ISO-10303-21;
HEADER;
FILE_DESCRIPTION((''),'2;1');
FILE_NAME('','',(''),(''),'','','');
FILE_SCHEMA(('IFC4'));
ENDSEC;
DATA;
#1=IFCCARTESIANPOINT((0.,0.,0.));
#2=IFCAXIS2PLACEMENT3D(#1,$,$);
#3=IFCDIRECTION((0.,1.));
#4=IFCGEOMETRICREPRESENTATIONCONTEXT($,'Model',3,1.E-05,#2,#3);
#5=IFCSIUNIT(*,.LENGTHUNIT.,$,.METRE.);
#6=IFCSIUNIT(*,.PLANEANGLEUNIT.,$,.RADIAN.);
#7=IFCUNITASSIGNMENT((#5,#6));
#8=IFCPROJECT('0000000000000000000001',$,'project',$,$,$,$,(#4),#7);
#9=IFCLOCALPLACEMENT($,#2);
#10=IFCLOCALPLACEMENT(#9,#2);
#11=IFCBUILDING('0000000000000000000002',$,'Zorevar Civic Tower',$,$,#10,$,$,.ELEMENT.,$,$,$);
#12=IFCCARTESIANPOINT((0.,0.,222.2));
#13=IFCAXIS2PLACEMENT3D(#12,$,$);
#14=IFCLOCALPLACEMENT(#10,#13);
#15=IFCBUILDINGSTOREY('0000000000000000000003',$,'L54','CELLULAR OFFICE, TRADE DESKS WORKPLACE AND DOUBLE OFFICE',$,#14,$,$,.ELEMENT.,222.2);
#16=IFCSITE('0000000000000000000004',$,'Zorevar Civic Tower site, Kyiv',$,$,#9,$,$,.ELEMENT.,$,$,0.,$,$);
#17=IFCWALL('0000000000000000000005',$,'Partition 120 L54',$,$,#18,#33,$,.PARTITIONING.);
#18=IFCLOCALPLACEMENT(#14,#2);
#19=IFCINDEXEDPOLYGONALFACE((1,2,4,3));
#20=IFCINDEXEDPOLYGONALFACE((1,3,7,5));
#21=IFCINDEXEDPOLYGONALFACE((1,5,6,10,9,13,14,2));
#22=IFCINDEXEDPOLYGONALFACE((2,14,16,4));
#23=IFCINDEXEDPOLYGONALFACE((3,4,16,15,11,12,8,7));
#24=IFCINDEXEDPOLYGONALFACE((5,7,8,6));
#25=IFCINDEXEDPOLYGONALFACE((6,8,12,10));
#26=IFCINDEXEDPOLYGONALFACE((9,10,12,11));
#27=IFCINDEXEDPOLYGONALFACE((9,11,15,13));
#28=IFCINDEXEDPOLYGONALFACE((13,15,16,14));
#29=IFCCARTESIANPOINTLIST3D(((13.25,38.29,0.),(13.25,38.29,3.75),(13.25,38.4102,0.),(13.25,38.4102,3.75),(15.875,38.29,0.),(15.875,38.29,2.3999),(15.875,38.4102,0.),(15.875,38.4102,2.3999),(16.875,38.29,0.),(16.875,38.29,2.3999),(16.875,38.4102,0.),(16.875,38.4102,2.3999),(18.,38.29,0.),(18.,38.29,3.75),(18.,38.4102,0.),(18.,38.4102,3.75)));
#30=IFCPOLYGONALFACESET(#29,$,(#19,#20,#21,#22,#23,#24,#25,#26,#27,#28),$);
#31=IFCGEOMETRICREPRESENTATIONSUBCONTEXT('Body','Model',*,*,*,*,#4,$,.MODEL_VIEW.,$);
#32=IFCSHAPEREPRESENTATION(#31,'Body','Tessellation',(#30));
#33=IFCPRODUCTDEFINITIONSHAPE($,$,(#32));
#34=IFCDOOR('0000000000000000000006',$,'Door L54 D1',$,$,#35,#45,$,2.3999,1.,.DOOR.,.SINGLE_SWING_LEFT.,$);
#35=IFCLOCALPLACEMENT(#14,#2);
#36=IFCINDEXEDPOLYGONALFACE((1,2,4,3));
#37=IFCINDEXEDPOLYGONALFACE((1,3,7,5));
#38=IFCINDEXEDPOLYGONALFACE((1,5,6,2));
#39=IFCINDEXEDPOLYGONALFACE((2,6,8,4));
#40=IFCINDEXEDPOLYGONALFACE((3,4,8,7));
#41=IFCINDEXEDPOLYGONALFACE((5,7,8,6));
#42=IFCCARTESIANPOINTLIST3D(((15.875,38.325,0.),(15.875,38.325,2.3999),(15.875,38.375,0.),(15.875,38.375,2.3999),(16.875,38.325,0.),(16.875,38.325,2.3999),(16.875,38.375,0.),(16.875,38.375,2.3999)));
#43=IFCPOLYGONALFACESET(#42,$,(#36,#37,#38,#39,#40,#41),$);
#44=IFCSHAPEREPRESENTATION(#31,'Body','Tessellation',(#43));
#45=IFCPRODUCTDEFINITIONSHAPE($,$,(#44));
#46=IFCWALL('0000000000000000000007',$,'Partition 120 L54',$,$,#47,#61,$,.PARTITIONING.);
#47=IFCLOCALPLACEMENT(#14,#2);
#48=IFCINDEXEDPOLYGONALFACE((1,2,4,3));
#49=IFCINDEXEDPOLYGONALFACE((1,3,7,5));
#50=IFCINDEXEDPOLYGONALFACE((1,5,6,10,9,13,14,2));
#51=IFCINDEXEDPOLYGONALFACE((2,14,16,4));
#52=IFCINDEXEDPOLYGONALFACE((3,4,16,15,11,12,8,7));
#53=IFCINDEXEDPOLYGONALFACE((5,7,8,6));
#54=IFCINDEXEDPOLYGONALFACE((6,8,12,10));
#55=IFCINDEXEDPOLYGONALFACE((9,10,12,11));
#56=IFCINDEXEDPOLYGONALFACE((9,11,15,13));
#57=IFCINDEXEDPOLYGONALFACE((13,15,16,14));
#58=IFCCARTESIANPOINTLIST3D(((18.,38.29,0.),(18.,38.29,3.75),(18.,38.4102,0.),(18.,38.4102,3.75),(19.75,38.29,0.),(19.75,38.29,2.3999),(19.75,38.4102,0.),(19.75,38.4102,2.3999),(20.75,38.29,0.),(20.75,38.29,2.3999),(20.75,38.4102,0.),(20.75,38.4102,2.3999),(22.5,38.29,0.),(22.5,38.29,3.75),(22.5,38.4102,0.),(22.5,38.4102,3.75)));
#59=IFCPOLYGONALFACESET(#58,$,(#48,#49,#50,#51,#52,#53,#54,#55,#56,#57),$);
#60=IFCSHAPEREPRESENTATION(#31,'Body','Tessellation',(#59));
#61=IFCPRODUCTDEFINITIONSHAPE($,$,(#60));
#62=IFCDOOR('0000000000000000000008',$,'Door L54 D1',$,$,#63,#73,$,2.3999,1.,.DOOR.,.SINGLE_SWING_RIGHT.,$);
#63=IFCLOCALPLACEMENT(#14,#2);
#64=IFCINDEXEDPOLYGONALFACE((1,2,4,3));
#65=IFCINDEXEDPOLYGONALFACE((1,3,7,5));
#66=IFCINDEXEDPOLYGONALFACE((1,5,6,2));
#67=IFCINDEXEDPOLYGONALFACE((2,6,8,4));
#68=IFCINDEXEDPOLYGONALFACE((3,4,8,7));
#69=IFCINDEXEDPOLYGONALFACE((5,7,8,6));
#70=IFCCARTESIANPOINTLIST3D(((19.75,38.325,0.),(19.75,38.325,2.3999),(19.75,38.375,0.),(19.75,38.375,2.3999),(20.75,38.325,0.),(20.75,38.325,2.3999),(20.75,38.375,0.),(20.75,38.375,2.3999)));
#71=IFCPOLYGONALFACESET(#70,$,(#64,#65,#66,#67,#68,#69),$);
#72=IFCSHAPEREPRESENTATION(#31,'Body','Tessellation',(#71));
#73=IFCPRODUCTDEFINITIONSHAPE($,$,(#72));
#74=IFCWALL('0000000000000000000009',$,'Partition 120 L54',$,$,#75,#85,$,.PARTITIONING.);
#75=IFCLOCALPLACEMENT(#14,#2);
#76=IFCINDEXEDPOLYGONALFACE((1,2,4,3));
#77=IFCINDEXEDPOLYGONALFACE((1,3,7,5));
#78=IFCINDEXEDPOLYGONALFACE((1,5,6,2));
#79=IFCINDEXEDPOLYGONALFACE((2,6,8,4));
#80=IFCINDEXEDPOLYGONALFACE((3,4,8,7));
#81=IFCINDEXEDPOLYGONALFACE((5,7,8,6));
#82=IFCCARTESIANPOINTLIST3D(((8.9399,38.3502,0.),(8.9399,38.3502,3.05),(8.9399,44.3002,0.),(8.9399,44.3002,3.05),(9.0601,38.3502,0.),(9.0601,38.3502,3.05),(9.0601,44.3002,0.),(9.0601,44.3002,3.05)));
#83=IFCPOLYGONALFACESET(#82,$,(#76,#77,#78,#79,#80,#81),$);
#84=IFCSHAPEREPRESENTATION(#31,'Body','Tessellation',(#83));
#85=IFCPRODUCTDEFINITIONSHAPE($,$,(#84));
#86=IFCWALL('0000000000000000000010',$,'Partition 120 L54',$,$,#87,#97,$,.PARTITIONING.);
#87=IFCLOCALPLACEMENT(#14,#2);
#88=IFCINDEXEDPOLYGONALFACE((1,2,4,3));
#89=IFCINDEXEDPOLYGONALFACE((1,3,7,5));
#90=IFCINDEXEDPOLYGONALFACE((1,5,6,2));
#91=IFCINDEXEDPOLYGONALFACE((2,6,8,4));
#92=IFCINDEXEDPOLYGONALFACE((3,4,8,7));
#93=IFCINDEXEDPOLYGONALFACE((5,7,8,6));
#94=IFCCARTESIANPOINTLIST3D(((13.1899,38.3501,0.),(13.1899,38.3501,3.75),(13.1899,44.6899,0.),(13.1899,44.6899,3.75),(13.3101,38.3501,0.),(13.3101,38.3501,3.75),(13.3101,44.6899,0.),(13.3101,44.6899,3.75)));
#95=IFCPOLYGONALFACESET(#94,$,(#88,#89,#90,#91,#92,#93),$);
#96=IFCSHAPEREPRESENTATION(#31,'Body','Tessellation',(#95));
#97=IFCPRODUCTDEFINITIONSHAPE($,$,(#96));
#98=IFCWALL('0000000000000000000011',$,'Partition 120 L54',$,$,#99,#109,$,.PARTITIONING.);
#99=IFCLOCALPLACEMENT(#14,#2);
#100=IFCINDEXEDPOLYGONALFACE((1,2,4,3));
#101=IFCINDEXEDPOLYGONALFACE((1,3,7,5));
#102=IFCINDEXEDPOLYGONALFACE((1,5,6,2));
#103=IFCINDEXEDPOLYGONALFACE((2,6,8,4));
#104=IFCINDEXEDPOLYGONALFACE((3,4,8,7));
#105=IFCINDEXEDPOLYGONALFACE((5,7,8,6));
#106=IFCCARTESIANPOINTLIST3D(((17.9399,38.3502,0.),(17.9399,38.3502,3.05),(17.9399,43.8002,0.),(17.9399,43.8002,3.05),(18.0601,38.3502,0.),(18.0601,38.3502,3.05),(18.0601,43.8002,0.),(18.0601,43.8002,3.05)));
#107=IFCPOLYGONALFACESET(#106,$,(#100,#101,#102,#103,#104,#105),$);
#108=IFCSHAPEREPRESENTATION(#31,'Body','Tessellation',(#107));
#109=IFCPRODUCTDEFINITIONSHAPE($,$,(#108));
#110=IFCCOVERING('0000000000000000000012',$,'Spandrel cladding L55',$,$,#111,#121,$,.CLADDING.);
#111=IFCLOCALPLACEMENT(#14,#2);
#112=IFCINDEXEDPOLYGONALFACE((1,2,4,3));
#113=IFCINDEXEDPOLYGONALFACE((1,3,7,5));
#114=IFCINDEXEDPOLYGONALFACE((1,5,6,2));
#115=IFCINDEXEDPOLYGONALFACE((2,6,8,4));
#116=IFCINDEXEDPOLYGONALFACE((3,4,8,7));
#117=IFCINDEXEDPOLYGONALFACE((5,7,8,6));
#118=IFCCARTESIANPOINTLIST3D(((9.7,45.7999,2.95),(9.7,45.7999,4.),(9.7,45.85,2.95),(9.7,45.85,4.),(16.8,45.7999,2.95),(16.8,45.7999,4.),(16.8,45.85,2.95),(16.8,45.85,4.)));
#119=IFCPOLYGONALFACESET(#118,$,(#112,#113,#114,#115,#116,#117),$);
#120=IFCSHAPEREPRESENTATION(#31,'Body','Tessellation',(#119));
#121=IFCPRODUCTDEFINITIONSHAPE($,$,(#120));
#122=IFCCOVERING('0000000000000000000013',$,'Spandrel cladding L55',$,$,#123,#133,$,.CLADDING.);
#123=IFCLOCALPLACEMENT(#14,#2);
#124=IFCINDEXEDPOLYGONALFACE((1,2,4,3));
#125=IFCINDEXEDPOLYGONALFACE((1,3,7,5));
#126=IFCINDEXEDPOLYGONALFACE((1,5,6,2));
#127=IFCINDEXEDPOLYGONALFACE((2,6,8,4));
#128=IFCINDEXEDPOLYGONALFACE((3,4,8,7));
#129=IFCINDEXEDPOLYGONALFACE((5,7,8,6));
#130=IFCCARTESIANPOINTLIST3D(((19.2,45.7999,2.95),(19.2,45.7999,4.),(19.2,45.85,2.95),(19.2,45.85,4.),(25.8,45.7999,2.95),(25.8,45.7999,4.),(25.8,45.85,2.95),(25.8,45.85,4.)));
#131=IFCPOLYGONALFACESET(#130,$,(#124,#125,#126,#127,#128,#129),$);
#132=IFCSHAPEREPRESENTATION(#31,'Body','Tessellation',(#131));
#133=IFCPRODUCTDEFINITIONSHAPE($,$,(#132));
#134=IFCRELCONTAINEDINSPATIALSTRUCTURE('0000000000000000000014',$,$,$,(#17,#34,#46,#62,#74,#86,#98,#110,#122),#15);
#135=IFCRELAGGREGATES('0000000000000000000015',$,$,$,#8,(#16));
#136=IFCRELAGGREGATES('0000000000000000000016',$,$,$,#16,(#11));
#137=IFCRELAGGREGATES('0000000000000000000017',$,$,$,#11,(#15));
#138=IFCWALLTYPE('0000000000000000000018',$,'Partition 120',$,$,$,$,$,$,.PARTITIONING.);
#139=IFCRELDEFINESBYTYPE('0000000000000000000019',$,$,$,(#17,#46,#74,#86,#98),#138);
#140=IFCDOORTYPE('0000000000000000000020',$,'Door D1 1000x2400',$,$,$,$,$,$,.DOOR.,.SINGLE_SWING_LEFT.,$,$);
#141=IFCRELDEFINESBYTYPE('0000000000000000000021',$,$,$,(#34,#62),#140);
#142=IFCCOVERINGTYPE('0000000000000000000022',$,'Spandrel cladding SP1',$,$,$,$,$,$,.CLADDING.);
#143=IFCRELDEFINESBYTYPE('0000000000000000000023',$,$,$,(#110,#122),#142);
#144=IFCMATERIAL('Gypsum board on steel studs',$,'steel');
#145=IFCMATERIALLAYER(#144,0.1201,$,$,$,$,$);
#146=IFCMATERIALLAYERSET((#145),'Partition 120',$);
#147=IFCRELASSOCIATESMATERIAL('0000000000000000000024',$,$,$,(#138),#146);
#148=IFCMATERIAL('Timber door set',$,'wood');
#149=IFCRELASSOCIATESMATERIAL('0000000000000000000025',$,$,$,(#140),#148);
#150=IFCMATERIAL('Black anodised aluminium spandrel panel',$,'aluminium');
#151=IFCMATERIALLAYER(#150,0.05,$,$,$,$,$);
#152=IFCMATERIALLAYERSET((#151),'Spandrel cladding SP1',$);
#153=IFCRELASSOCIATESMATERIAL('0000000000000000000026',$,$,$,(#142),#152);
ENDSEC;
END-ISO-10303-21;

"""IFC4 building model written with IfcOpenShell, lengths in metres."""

from ifc_helpers import new_model, si_unit, direction, frame, frame_2d, origin, place, context, subcontext, project, spatial, rectangle, extrude, material, layer, layer_set, type_object, element, fill, save


model = new_model("IFC4")

# Units and contexts
model_context = context("Model", 3, precision=1e-05, world=origin(), true_north=direction((0.0, 1.0)))
body_context = subcontext(model_context, "Body", "Model", "MODEL_VIEW")
ifc_project = project(units=[si_unit("LENGTHUNIT", "METRE"), si_unit("PLANEANGLEUNIT", "RADIAN")], contexts=[model_context])

# Site, building, storey
site_placement = place(None, origin())
site = spatial("IfcSite", under=ifc_project, at=site_placement, Name="Zorevar Civic Tower site, Kyiv", CompositionType="ELEMENT", RefElevation=0.0)
building_placement = place(site_placement, origin())
building = spatial("IfcBuilding", under=site, at=building_placement, Name="Zorevar Civic Tower", CompositionType="ELEMENT")
storey_placement = place(building_placement, frame((0.0, 0.0, 222.2)))
storey = spatial("IfcBuildingStorey", under=building, at=storey_placement, Name="L54", Description="CELLULAR OFFICE, TRADE DESKS WORKPLACE AND DOUBLE OFFICE", CompositionType="ELEMENT", Elevation=222.2)

# Walls, openings, doors
ifc_material_1 = material(Name="Gypsum board on steel studs", Category="steel")
ifc_layer_1 = layer(ifc_material_1, 0.1201)
ifc_layer_set_1 = layer_set([ifc_layer_1], Name="Partition 120")
wall_type_1 = type_object("IfcWallType", Name="Partition 120", PredefinedType="PARTITIONING", material=ifc_layer_set_1)
ifc_material_2 = material(Name="Timber door set", Category="wood")
door_type_1 = type_object("IfcDoorType", Name="Door D1 1000x2400", OperationType="SINGLE_SWING_LEFT", PredefinedType="DOOR", material=ifc_material_2)
wall_1_placement = place(storey_placement, frame((13.25, 38.3501, 0.0), z_axis=(0.0, 0.0, 1.0), x_axis=(1.0, 0.0, 0.0)))
wall_1 = element("IfcWall", 1, at=wall_1_placement, inside=storey, type_object=wall_type_1, Name="Partition 120 L54", PredefinedType="PARTITIONING", context=body_context, shape_type="SweptSolid", body=[
    extrude(rectangle(XDim=4.75, YDim=0.1201, at=frame_2d((2.375, 0.0))), origin(), (0.0, 0.0, 1.0), 3.75),
])
opening_1_placement = place(wall_1_placement, frame((2.625, 0.0, 0.0)))
opening_1 = element("IfcOpeningElement", 2, at=opening_1_placement, cuts=wall_1, PredefinedType="OPENING", context=body_context, shape_type="SweptSolid", body=[
    extrude(rectangle(XDim=1.0, YDim=2.3999, at=frame_2d((0.5, 1.2))), frame((0.0, 0.0701, 0.0), z_axis=(0.0, -1.0, 0.0), x_axis=(1.0, 0.0, 0.0)), (0.0, 0.0, 1.0), 0.1401),
])
door_1_placement = place(opening_1_placement, origin())
door_1 = element("IfcDoor", 3, at=door_1_placement, inside=storey, type_object=door_type_1, Name="Door L54 D1", OperationType="SINGLE_SWING_LEFT", OverallHeight=2.3999, OverallWidth=1.0, PredefinedType="DOOR", context=body_context, shape_type="SweptSolid", body=[
    extrude(rectangle(XDim=1.0, YDim=2.3999, at=frame_2d((0.5, 1.2))), frame((0.0, 0.0249, 0.0), z_axis=(0.0, -1.0, 0.0), x_axis=(1.0, 0.0, 0.0)), (0.0, 0.0, 1.0), 0.05),
])
fill(opening_1, door_1)
wall_2_placement = place(storey_placement, frame((18.0, 38.3501, 0.0), z_axis=(0.0, 0.0, 1.0), x_axis=(1.0, 0.0, 0.0)))
wall_2 = element("IfcWall", 4, at=wall_2_placement, inside=storey, type_object=wall_type_1, Name="Partition 120 L54", PredefinedType="PARTITIONING", context=body_context, shape_type="SweptSolid", body=[
    extrude(rectangle(XDim=4.5, YDim=0.1201, at=frame_2d((2.25, 0.0))), origin(), (0.0, 0.0, 1.0), 3.75),
])
opening_2_placement = place(wall_2_placement, frame((1.75, 0.0, 0.0)))
opening_2 = element("IfcOpeningElement", 5, at=opening_2_placement, cuts=wall_2, PredefinedType="OPENING", context=body_context, shape_type="SweptSolid", body=[
    extrude(rectangle(XDim=1.0, YDim=2.3999, at=frame_2d((0.5, 1.2))), frame((0.0, 0.0701, 0.0), z_axis=(0.0, -1.0, 0.0), x_axis=(1.0, 0.0, 0.0)), (0.0, 0.0, 1.0), 0.1401),
])
door_2_placement = place(opening_2_placement, origin())
door_2 = element("IfcDoor", 6, at=door_2_placement, inside=storey, type_object=door_type_1, Name="Door L54 D1", OperationType="SINGLE_SWING_RIGHT", OverallHeight=2.3999, OverallWidth=1.0, PredefinedType="DOOR", context=body_context, shape_type="SweptSolid", body=[
    extrude(rectangle(XDim=1.0, YDim=2.3999, at=frame_2d((0.5, 1.2))), frame((0.0, 0.0249, 0.0), z_axis=(0.0, -1.0, 0.0), x_axis=(1.0, 0.0, 0.0)), (0.0, 0.0, 1.0), 0.05),
])
fill(opening_2, door_2)

# Walls
wall_3_placement = place(storey_placement, frame((9.0, 38.3501, 0.0), z_axis=(0.0, 0.0, 1.0), x_axis=(0.0, 1.0, 0.0)))
element("IfcWall", 7, at=wall_3_placement, inside=storey, type_object=wall_type_1, Name="Partition 120 L54", PredefinedType="PARTITIONING", context=body_context, shape_type="SweptSolid", body=[
    extrude(rectangle(XDim=5.95, YDim=0.1201, at=frame_2d((2.9751, 0.0))), origin(), (0.0, 0.0, 1.0), 3.05),
])
wall_4_placement = place(storey_placement, frame((13.25, 38.3501, 0.0), z_axis=(0.0, 0.0, 1.0), x_axis=(0.0, 1.0, 0.0)))
element("IfcWall", 8, at=wall_4_placement, inside=storey, type_object=wall_type_1, Name="Partition 120 L54", PredefinedType="PARTITIONING", context=body_context, shape_type="SweptSolid", body=[
    extrude(rectangle(XDim=6.3398, YDim=0.1201, at=frame_2d((3.1699, 0.0))), origin(), (0.0, 0.0, 1.0), 3.75),
])
wall_5_placement = place(storey_placement, frame((18.0, 38.3501, 0.0), z_axis=(0.0, 0.0, 1.0), x_axis=(0.0, 1.0, 0.0)))
element("IfcWall", 9, at=wall_5_placement, inside=storey, type_object=wall_type_1, Name="Partition 120 L54", PredefinedType="PARTITIONING", context=body_context, shape_type="SweptSolid", body=[
    extrude(rectangle(XDim=5.45, YDim=0.1201, at=frame_2d((2.7251, 0.0))), origin(), (0.0, 0.0, 1.0), 3.05),
])

# Coverings
ifc_material_3 = material(Name="Black anodised aluminium spandrel panel", Category="aluminium")
ifc_layer_2 = layer(ifc_material_3, 0.05)
ifc_layer_set_2 = layer_set([ifc_layer_2], Name="Spandrel cladding SP1")
covering_type = type_object("IfcCoveringType", Name="Spandrel cladding SP1", PredefinedType="CLADDING", material=ifc_layer_set_2)
covering_1_placement = place(storey_placement, frame((9.7, 45.825, 2.95), z_axis=(0.0, 0.0, 1.0), x_axis=(1.0, 0.0, 0.0)))
element("IfcCovering", 10, at=covering_1_placement, inside=storey, type_object=covering_type, Name="Spandrel cladding L55", PredefinedType="CLADDING", context=body_context, shape_type="SweptSolid", body=[
    extrude(rectangle(XDim=7.1001, YDim=0.05, at=frame_2d((3.55, 0.0))), origin(), (0.0, 0.0, 1.0), 1.05),
])
covering_2_placement = place(storey_placement, frame((19.2, 45.825, 2.95), z_axis=(0.0, 0.0, 1.0), x_axis=(1.0, 0.0, 0.0)))
element("IfcCovering", 11, at=covering_2_placement, inside=storey, type_object=covering_type, Name="Spandrel cladding L55", PredefinedType="CLADDING", context=body_context, shape_type="SweptSolid", body=[
    extrude(rectangle(XDim=6.6001, YDim=0.05, at=frame_2d((3.3, 0.0))), origin(), (0.0, 0.0, 1.0), 1.05),
])

save(model, "model.ifc")
